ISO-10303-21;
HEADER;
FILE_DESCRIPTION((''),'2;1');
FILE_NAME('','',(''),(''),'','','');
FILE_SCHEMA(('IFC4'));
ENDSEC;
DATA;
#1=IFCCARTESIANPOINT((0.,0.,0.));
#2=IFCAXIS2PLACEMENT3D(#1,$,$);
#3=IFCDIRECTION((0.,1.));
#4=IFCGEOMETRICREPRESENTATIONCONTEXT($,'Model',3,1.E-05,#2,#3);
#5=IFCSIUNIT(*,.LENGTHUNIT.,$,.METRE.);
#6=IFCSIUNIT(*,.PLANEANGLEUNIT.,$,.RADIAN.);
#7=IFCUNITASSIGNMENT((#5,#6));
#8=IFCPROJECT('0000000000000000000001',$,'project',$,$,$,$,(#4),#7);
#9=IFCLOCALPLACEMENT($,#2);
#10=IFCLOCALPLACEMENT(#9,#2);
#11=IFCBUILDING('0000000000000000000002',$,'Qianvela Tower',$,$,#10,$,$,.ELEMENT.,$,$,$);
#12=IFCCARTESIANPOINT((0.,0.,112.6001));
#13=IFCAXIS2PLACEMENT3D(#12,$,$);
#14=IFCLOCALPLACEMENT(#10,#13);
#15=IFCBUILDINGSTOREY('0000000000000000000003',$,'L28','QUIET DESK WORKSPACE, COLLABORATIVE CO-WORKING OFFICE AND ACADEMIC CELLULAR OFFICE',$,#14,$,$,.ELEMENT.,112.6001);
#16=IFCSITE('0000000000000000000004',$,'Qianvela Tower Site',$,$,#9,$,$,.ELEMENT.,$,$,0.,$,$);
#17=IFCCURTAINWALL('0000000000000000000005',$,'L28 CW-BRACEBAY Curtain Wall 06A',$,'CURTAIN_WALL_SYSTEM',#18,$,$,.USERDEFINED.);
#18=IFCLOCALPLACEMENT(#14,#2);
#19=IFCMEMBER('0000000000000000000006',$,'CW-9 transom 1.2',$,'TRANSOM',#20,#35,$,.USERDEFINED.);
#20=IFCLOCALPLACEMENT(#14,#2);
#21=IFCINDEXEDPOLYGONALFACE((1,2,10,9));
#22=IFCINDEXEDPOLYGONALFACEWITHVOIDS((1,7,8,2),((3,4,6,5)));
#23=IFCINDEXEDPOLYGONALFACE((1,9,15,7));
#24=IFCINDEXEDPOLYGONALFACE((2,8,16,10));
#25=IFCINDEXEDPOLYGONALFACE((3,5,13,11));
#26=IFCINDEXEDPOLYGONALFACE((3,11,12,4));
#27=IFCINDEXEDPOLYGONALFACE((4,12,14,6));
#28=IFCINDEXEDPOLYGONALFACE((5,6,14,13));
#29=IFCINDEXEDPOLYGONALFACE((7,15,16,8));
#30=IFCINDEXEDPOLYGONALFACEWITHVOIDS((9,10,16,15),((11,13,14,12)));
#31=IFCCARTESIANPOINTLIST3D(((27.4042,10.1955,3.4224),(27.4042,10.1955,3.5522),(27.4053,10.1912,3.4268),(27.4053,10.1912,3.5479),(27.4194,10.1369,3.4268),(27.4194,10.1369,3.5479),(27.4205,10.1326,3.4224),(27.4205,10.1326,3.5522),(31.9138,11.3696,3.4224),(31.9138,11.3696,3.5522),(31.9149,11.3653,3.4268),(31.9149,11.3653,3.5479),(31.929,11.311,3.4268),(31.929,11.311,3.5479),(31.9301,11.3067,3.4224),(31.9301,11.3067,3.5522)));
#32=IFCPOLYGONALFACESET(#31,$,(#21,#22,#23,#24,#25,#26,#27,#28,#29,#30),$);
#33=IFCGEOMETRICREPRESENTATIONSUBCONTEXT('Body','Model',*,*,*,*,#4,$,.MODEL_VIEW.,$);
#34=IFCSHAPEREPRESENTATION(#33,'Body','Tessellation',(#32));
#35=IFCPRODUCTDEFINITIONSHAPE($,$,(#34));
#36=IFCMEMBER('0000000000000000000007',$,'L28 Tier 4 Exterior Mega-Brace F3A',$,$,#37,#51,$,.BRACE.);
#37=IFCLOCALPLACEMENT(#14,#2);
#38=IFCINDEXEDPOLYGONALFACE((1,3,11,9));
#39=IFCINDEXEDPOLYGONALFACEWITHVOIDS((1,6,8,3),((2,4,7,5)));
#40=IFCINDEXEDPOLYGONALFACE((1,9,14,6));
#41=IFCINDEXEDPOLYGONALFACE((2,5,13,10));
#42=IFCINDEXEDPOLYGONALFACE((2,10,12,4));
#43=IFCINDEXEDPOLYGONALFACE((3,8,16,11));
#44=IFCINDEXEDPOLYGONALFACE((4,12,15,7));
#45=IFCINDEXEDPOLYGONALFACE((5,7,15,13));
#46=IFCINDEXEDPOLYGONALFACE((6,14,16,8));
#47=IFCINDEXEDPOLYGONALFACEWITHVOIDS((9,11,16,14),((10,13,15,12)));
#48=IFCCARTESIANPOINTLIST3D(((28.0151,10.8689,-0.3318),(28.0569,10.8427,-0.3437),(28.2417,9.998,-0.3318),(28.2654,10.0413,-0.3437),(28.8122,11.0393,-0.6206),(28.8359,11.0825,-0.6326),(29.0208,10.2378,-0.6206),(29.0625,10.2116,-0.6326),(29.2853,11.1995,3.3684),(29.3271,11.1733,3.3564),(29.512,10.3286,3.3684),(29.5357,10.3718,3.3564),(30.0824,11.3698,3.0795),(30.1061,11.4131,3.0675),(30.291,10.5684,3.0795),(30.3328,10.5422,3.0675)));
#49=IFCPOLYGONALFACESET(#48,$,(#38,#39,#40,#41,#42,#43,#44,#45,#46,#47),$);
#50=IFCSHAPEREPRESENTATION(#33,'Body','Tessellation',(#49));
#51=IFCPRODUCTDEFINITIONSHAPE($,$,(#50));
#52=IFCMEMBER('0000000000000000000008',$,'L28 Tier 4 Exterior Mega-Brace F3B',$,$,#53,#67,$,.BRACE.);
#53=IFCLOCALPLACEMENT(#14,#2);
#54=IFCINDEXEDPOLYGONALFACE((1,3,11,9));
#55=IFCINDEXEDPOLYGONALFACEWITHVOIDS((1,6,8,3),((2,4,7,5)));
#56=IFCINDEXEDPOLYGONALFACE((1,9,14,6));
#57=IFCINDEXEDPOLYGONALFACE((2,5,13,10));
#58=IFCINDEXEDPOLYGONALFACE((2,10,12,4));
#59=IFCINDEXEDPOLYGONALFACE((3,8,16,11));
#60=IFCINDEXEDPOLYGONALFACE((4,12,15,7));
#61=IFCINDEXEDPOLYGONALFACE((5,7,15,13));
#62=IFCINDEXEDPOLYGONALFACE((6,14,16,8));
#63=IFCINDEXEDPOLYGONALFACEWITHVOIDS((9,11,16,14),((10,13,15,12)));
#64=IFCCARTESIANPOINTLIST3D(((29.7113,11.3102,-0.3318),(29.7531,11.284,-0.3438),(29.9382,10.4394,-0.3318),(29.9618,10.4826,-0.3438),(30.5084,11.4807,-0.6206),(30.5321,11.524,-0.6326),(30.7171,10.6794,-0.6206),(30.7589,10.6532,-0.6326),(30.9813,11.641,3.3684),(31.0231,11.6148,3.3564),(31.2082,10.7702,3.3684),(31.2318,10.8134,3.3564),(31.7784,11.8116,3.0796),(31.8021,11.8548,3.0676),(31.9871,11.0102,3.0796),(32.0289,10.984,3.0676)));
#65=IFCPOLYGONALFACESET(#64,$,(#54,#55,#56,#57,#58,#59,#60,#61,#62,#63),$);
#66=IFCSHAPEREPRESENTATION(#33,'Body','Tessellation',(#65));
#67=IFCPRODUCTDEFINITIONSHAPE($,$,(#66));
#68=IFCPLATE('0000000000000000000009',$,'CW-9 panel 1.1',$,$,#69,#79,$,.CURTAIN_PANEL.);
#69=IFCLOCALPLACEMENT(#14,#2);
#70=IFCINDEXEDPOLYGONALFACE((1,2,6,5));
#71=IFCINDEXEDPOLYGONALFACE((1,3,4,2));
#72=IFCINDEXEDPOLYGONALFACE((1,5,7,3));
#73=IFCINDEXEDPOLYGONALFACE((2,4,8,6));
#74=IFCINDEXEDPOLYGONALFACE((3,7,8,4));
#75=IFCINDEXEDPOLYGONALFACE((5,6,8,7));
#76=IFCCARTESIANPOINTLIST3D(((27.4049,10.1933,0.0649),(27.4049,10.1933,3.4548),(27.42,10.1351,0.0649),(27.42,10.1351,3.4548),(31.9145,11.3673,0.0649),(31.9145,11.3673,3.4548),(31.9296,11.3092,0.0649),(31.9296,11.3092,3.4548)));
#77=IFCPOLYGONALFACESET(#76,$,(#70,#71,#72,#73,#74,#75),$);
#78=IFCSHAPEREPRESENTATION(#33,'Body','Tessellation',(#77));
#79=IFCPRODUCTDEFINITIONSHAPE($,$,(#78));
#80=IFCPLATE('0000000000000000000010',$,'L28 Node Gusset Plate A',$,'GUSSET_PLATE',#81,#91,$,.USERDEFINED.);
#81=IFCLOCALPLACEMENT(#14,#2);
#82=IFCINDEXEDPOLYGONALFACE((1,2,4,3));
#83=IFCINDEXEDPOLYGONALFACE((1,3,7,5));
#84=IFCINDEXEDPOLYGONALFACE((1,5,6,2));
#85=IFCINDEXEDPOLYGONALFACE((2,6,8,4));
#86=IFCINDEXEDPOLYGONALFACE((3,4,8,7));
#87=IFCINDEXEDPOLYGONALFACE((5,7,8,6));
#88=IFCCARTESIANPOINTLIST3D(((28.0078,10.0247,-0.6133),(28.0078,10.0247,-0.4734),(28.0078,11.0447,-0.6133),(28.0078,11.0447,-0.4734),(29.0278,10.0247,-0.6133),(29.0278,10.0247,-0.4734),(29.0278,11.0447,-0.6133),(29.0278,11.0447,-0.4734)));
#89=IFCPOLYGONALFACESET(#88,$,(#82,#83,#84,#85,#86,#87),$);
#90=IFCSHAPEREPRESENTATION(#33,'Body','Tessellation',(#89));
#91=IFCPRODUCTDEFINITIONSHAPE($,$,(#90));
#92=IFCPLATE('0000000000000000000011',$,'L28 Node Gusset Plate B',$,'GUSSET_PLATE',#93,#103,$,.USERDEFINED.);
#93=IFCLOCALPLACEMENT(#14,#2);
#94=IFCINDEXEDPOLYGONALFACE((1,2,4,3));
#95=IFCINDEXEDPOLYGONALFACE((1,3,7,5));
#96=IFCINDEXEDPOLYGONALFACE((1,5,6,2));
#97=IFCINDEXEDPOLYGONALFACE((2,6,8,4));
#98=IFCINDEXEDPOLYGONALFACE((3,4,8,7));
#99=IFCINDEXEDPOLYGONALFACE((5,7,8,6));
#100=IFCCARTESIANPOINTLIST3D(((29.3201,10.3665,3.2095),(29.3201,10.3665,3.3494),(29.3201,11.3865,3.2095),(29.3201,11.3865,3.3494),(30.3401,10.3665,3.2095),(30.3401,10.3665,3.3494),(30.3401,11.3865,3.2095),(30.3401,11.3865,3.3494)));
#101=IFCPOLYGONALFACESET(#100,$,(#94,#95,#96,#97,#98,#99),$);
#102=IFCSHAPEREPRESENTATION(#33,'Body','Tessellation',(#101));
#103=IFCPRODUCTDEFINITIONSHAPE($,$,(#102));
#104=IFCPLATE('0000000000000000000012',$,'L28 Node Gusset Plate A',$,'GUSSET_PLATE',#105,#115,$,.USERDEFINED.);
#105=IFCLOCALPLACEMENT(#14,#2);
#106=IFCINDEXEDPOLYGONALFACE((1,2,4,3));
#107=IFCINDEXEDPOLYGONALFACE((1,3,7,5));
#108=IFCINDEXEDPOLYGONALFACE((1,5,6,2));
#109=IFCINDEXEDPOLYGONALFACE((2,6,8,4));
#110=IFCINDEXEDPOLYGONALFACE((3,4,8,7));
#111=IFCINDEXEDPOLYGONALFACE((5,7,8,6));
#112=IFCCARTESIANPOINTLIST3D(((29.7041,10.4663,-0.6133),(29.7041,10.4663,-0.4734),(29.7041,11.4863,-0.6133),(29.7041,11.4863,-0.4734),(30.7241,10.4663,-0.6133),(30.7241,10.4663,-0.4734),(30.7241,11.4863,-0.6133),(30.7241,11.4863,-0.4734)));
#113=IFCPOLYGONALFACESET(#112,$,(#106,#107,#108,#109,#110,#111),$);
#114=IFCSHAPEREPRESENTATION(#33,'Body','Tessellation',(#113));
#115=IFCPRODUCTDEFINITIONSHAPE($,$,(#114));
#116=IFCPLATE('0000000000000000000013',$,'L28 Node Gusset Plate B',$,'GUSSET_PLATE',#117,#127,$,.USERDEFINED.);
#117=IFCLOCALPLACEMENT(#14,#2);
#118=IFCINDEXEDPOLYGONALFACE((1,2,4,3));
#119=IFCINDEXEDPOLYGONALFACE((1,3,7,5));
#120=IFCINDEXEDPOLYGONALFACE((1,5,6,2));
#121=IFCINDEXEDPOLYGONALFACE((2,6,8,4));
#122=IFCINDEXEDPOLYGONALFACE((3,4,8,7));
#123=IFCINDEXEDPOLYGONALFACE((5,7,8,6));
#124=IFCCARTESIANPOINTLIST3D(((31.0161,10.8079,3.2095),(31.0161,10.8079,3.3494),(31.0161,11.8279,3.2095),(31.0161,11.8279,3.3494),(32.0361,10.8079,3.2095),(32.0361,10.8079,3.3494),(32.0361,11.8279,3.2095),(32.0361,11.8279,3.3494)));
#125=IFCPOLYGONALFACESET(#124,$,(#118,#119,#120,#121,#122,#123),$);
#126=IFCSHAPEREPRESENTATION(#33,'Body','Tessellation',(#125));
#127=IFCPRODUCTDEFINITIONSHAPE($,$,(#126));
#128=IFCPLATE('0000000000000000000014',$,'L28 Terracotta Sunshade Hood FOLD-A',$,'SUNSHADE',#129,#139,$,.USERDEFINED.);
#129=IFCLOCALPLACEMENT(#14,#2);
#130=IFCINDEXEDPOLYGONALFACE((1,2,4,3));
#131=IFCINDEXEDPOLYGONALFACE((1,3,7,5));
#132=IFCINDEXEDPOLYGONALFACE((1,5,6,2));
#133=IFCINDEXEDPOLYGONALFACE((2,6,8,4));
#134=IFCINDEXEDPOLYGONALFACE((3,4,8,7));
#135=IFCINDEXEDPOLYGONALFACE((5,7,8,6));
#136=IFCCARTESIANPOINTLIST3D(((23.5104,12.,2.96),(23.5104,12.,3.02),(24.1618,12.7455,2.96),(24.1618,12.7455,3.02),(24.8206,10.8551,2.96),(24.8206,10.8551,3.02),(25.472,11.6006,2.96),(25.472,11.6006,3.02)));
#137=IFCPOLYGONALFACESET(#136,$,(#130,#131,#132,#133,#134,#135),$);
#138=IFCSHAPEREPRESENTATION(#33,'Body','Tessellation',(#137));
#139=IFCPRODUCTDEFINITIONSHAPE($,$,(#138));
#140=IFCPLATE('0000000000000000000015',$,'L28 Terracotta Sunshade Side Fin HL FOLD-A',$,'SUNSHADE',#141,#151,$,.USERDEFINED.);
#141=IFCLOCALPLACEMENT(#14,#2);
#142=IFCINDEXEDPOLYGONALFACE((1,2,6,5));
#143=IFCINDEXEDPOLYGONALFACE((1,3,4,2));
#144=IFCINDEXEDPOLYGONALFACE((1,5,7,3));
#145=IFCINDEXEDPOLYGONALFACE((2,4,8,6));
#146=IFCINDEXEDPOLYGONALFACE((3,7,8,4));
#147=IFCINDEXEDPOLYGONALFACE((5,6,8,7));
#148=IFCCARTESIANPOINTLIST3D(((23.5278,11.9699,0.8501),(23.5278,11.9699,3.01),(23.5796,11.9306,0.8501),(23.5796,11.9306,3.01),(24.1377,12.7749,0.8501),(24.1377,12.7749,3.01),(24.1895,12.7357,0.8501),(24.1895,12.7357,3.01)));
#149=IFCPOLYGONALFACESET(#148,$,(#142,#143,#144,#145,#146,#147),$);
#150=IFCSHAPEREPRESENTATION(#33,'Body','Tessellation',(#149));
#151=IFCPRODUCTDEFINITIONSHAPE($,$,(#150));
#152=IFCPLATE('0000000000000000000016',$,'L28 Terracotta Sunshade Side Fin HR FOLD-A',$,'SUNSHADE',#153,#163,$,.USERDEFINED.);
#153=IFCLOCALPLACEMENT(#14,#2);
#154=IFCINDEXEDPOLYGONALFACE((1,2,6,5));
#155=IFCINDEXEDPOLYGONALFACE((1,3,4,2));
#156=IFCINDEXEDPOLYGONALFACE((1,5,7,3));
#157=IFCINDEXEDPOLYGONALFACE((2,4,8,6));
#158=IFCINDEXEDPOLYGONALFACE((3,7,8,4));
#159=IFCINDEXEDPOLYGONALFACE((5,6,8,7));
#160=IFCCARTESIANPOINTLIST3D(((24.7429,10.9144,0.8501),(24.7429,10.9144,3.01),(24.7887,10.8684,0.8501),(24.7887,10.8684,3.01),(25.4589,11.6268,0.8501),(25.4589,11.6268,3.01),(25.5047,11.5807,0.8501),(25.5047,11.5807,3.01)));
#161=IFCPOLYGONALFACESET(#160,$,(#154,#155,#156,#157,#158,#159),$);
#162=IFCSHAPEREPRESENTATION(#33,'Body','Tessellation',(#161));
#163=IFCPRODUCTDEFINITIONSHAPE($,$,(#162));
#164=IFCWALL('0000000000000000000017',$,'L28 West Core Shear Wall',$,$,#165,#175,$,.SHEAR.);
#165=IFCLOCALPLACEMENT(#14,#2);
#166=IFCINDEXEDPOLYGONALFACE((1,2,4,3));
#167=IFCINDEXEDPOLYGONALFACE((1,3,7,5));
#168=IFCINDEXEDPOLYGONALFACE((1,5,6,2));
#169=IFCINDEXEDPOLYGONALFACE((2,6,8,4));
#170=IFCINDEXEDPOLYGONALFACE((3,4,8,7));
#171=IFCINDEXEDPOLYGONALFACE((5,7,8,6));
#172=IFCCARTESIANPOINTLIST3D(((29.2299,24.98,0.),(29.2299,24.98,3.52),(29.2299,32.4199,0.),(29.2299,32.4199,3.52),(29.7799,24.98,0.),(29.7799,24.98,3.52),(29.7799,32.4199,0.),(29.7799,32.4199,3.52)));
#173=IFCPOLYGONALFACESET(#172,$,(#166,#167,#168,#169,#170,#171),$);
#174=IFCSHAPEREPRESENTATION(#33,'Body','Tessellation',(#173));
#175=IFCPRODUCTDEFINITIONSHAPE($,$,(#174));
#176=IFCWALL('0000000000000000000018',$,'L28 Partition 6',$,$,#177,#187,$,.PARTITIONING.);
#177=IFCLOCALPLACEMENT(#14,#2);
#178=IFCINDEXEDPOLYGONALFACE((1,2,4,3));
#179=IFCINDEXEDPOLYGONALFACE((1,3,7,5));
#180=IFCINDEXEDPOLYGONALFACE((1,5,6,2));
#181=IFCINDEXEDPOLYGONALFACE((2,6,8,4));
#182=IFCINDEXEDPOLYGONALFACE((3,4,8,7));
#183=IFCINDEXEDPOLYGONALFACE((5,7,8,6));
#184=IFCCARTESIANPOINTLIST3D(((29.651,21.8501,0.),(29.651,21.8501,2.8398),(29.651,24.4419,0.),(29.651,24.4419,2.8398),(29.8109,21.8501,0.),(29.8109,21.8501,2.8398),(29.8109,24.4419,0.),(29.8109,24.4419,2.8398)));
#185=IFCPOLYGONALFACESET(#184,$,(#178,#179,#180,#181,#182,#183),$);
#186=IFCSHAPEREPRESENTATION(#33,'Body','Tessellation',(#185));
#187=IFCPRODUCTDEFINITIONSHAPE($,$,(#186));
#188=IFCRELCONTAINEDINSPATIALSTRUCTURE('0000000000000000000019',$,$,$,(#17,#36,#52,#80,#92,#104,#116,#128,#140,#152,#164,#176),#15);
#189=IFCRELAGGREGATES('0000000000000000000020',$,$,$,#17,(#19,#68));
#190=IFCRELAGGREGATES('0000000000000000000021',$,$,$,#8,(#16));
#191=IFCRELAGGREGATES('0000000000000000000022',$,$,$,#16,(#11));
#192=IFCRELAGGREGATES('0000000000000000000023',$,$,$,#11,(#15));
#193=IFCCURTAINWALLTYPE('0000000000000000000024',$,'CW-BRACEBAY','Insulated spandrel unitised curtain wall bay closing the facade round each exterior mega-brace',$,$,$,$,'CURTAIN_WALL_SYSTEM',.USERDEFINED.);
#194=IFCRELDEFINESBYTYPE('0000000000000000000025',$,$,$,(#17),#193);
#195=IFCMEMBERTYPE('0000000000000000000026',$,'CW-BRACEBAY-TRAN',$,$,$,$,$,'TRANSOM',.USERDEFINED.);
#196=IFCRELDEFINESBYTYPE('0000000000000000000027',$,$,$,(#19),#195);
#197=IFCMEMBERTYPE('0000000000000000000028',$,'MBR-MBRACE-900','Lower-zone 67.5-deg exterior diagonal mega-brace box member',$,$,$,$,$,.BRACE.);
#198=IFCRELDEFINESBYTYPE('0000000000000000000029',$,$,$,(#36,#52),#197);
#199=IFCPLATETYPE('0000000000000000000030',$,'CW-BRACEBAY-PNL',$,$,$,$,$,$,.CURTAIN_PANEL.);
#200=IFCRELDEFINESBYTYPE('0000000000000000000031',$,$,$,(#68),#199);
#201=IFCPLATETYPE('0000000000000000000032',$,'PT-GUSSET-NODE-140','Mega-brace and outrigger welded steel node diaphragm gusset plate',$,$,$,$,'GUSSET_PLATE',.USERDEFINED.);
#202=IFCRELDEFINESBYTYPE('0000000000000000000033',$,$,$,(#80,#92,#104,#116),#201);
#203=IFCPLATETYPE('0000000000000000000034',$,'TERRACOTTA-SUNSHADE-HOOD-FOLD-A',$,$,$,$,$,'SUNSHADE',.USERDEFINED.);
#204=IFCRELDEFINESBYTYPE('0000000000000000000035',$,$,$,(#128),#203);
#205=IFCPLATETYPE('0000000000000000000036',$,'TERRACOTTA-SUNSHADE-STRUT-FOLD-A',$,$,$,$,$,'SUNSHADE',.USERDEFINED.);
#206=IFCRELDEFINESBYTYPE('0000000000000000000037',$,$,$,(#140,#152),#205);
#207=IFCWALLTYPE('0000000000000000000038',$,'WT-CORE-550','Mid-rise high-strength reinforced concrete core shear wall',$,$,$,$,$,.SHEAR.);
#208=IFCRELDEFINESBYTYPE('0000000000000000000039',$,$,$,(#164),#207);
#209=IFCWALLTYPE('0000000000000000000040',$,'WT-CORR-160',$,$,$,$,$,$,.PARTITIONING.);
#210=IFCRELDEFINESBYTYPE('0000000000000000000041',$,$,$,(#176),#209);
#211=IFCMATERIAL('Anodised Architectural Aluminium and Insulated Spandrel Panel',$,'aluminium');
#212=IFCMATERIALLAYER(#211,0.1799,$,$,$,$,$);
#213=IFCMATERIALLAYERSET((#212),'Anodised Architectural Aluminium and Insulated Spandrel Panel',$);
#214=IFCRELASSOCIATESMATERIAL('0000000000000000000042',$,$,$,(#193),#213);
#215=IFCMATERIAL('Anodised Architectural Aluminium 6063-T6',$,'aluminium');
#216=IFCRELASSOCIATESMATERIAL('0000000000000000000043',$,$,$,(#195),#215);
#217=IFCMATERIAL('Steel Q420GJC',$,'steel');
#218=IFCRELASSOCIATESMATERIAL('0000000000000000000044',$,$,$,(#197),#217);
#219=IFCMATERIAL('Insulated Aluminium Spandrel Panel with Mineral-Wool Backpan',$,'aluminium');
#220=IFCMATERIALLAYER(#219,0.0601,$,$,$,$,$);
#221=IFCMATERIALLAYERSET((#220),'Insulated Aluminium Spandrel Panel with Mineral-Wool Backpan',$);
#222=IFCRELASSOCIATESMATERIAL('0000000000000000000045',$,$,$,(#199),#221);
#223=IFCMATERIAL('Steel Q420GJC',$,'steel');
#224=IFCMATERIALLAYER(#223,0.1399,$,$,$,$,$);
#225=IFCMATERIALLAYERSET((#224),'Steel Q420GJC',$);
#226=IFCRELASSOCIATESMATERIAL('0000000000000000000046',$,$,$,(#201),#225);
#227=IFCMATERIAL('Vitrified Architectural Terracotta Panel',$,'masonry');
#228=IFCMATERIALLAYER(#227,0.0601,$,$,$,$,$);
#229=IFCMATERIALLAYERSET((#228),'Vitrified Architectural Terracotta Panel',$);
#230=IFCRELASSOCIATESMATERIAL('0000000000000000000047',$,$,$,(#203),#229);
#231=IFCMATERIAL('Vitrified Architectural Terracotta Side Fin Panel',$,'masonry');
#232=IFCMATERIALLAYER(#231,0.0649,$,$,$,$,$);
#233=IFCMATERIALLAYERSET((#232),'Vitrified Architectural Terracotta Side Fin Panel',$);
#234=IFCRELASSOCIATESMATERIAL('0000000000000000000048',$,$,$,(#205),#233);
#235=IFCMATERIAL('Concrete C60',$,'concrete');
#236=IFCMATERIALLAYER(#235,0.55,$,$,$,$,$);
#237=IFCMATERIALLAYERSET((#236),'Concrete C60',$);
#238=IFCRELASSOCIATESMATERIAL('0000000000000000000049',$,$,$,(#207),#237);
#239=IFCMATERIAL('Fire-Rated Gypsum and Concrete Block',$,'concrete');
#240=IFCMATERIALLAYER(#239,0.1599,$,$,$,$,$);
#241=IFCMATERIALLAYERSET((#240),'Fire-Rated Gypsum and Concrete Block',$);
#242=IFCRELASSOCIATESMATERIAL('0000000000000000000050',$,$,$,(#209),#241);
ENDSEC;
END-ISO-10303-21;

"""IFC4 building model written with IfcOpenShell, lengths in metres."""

from ifc_helpers import new_model, si_unit, direction, frame, frame_2d, origin, origin_2d, place, context, subcontext, project, spatial, rectangle, hollow_rectangle, extrude, material, layer, layer_set, material_profile, profile_set, type_object, element, aggregate, save


model = new_model("IFC4")

# Units and contexts
model_context = context("Model", 3, precision=1e-05, world=origin(), true_north=direction((0.0, 1.0)))
body_context = subcontext(model_context, "Body", "Model", "MODEL_VIEW")
ifc_project = project(units=[si_unit("LENGTHUNIT", "METRE"), si_unit("PLANEANGLEUNIT", "RADIAN")], contexts=[model_context])

# Site, building, storey
site_placement = place(None, origin())
site = spatial("IfcSite", under=ifc_project, at=site_placement, Name="Qianvela Tower Site", CompositionType="ELEMENT", RefElevation=0.0)
building_placement = place(site_placement, origin())
building = spatial("IfcBuilding", under=site, at=building_placement, Name="Qianvela Tower", CompositionType="ELEMENT")
storey_placement = place(building_placement, frame((0.0, 0.0, 112.6001)))
storey = spatial("IfcBuildingStorey", under=building, at=storey_placement, Name="L28", Description="QUIET DESK WORKSPACE, COLLABORATIVE CO-WORKING OFFICE AND ACADEMIC CELLULAR OFFICE", CompositionType="ELEMENT", Elevation=112.6001)

# Curtain wall, member
ifc_material_1 = material(Name="Anodised Architectural Aluminium and Insulated Spandrel Panel", Category="aluminium")
ifc_layer_1 = layer(ifc_material_1, 0.1799)
ifc_layer_set_1 = layer_set([ifc_layer_1], Name="Anodised Architectural Aluminium and Insulated Spandrel Panel")
curtain_wall_type = type_object("IfcCurtainWallType", Name="CW-BRACEBAY", Description="Insulated spandrel unitised curtain wall bay closing the facade round each exterior mega-brace", ElementType="CURTAIN_WALL_SYSTEM", PredefinedType="USERDEFINED", material=ifc_layer_set_1)
curtain_wall_placement = place(storey_placement, origin())
curtain_wall = element("IfcCurtainWall", 1, at=curtain_wall_placement, inside=storey, type_object=curtain_wall_type, Name="L28 CW-BRACEBAY Curtain Wall 06A", ObjectType="CURTAIN_WALL_SYSTEM", PredefinedType="USERDEFINED")
ifc_material_2 = material(Name="Anodised Architectural Aluminium 6063-T6", Category="aluminium")
ifc_material_profile_1 = material_profile(ifc_material_2, hollow_rectangle(XDim=0.0649, YDim=0.1299, WallThickness=0.0044, at=origin_2d()), Name="ALU-TRAN-65x130")
ifc_profile_set_1 = profile_set([ifc_material_profile_1], Name="Anodised Architectural Aluminium 6063-T6")
member_type_1 = type_object("IfcMemberType", Name="CW-BRACEBAY-TRAN", ElementType="TRANSOM", PredefinedType="USERDEFINED", material=ifc_profile_set_1)
member_1_placement = place(storey_placement, frame((27.4124, 10.1641, 3.4873), z_axis=(0.967739, 0.251955, 0.0), x_axis=(-0.251955, 0.967739, 0.0)))
member_1 = element("IfcMember", 2, at=member_1_placement, type_object=member_type_1, Name="CW-9 transom 1.2", ObjectType="TRANSOM", PredefinedType="USERDEFINED", context=body_context, shape_type="SweptSolid", body=[
    extrude(hollow_rectangle(XDim=0.0649, YDim=0.1299, WallThickness=0.0044, at=origin_2d()), origin(), (0.0, 0.0, 1.0), 4.6599),
])

# Members
ifc_material_3 = material(Name="Steel Q420GJC", Category="steel")
ifc_material_profile_2 = material_profile(ifc_material_3, hollow_rectangle(XDim=0.8999, YDim=0.8999, WallThickness=0.0359, at=origin_2d()), Name="MBOX-900x900x36")
ifc_profile_set_2 = profile_set([ifc_material_profile_2], Name="Steel Q420GJC")
member_type_2 = type_object("IfcMemberType", Name="MBR-MBRACE-900", Description="Lower-zone 67.5-deg exterior diagonal mega-brace box member", PredefinedType="BRACE", material=ifc_profile_set_2)
for number, where, z_axis, x_axis, name in (
    (3, (28.5388, 10.5403, -0.4822), (0.323543, 0.084197, 0.94246), (-0.251846, 0.967767, 0.0), "L28 Tier 4 Exterior Mega-Brace F3A"),
    (4, (30.2351, 10.9817, -0.4822), (0.323486, 0.084261, 0.942474), (-0.252066, 0.96771, 0.0), "L28 Tier 4 Exterior Mega-Brace F3B"),
):
    element("IfcMember", number, at=place(storey_placement, frame(where, z_axis=z_axis, x_axis=x_axis)), inside=storey, type_object=member_type_2, Name=name, PredefinedType="BRACE", context=body_context, shape_type="SweptSolid", body=[
        extrude(hollow_rectangle(XDim=0.8999, YDim=0.8999, WallThickness=0.0359, at=origin_2d()), origin(), (0.0, 0.0, 1.0), 3.926),
    ])

# Plate
ifc_material_4 = material(Name="Insulated Aluminium Spandrel Panel with Mineral-Wool Backpan", Category="aluminium")
ifc_layer_2 = layer(ifc_material_4, 0.0601)
ifc_layer_set_2 = layer_set([ifc_layer_2], Name="Insulated Aluminium Spandrel Panel with Mineral-Wool Backpan")
plate_type_1 = type_object("IfcPlateType", Name="CW-BRACEBAY-PNL", PredefinedType="CURTAIN_PANEL", material=ifc_layer_set_2)
plate_1_placement = place(storey_placement, frame((29.6672, 10.7512, 0.0649), z_axis=(0.0, 0.0, 1.0), x_axis=(0.967743, 0.251941, 0.0)))
plate_1 = element("IfcPlate", 5, at=plate_1_placement, type_object=plate_type_1, Name="CW-9 panel 1.1", PredefinedType="CURTAIN_PANEL", context=body_context, shape_type="SweptSolid", body=[
    extrude(rectangle(XDim=4.6599, YDim=0.0601, at=origin_2d()), origin(), (0.0, 0.0, 1.0), 3.3899),
])
aggregate(curtain_wall, [member_1, plate_1])

# Plates
ifc_material_5 = material(Name="Steel Q420GJC", Category="steel")
ifc_layer_3 = layer(ifc_material_5, 0.1399)
ifc_layer_set_3 = layer_set([ifc_layer_3], Name="Steel Q420GJC")
plate_type_2 = type_object("IfcPlateType", Name="PT-GUSSET-NODE-140", Description="Mega-brace and outrigger welded steel node diaphragm gusset plate", ElementType="GUSSET_PLATE", PredefinedType="USERDEFINED", material=ifc_layer_set_3)
for number, where, z_axis, x_axis, name in (
    (6, (28.5178, 10.5347, -0.6133), (0.0, 0.0, 1.0), (1.0, 0.0, 0.0), "L28 Node Gusset Plate A"),
    (7, (29.8301, 10.8765, 3.2095), (0.0, 0.0, 1.0), (1.0, 0.0, 0.0), "L28 Node Gusset Plate B"),
    (8, (30.2141, 10.9763, -0.6133), (0.0, 0.0, 1.0), (1.0, 0.0, 0.0), "L28 Node Gusset Plate A"),
    (9, (31.5261, 11.3179, 3.2095), (0.0, 0.0, 1.0), (1.0, 0.0, 0.0), "L28 Node Gusset Plate B"),
):
    element("IfcPlate", number, at=place(storey_placement, frame(where, z_axis=z_axis, x_axis=x_axis)), inside=storey, type_object=plate_type_2, Name=name, ObjectType="GUSSET_PLATE", PredefinedType="USERDEFINED", context=body_context, shape_type="SweptSolid", body=[
        extrude(rectangle(XDim=1.02, YDim=1.02, at=origin_2d()), origin(), (0.0, 0.0, 1.0), 0.1399),
    ])
ifc_material_6 = material(Name="Vitrified Architectural Terracotta Panel", Category="masonry")
ifc_layer_4 = layer(ifc_material_6, 0.0601)
ifc_layer_set_4 = layer_set([ifc_layer_4], Name="Vitrified Architectural Terracotta Panel")
plate_type_3 = type_object("IfcPlateType", Name="TERRACOTTA-SUNSHADE-HOOD-FOLD-A", ElementType="SUNSHADE", PredefinedType="USERDEFINED", material=ifc_layer_set_4)
plate_2_placement = place(storey_placement, frame((24.4912, 11.8003, 2.96), z_axis=(0.0, 0.0, 1.0), x_axis=(0.753033, -0.657983, 0.0)))
element("IfcPlate", 10, at=plate_2_placement, inside=storey, type_object=plate_type_3, Name="L28 Terracotta Sunshade Hood FOLD-A", ObjectType="SUNSHADE", PredefinedType="USERDEFINED", context=body_context, shape_type="SweptSolid", body=[
    extrude(rectangle(XDim=1.74, YDim=0.99, at=origin_2d()), origin(), (0.0, 0.0, 1.0), 0.0601),
])
ifc_material_7 = material(Name="Vitrified Architectural Terracotta Side Fin Panel", Category="masonry")
ifc_layer_5 = layer(ifc_material_7, 0.0649)
ifc_layer_set_5 = layer_set([ifc_layer_5], Name="Vitrified Architectural Terracotta Side Fin Panel")
plate_type_4 = type_object("IfcPlateType", Name="TERRACOTTA-SUNSHADE-STRUT-FOLD-A", ElementType="SUNSHADE", PredefinedType="USERDEFINED", material=ifc_layer_set_5)
for number, where, z_axis, x_axis, name in (
    (11, (23.8586, 12.3528, 0.8501), (0.0, 0.0, 1.0), (0.797097, -0.603851, 0.0), "L28 Terracotta Sunshade Side Fin HL FOLD-A"),
    (12, (25.1238, 11.2476, 0.8501), (0.0, 0.0, 1.0), (0.7053, -0.708909, 0.0), "L28 Terracotta Sunshade Side Fin HR FOLD-A"),
):
    element("IfcPlate", number, at=place(storey_placement, frame(where, z_axis=z_axis, x_axis=x_axis)), inside=storey, type_object=plate_type_4, Name=name, ObjectType="SUNSHADE", PredefinedType="USERDEFINED", context=body_context, shape_type="SweptSolid", body=[
        extrude(rectangle(XDim=0.0649, YDim=1.01, at=origin_2d()), origin(), (0.0, 0.0, 1.0), 2.1599),
    ])

# Shared definitions
ifc_material_8 = material(Name="Concrete C60", Category="concrete")
ifc_layer_6 = layer(ifc_material_8, 0.55)
ifc_layer_set_6 = layer_set([ifc_layer_6], Name="Concrete C60")
wall_type_1 = type_object("IfcWallType", Name="WT-CORE-550", Description="Mid-rise high-strength reinforced concrete core shear wall", PredefinedType="SHEAR", material=ifc_layer_set_6)

# Walls
wall_1_placement = place(storey_placement, frame((29.5049, 24.98, 0.0), z_axis=(0.0, 0.0, 1.0), x_axis=(0.0, 1.0, 0.0)))
element("IfcWall", 13, at=wall_1_placement, inside=storey, type_object=wall_type_1, Name="L28 West Core Shear Wall", PredefinedType="SHEAR", context=body_context, shape_type="SweptSolid", body=[
    extrude(rectangle(XDim=7.4399, YDim=0.55, at=frame_2d((3.72, 0.0))), origin(), (0.0, 0.0, 1.0), 3.52),
])
ifc_material_9 = material(Name="Fire-Rated Gypsum and Concrete Block", Category="concrete")
ifc_layer_7 = layer(ifc_material_9, 0.1599)
ifc_layer_set_7 = layer_set([ifc_layer_7], Name="Fire-Rated Gypsum and Concrete Block")
wall_type_2 = type_object("IfcWallType", Name="WT-CORR-160", PredefinedType="PARTITIONING", material=ifc_layer_set_7)
wall_2_placement = place(storey_placement, frame((29.731, 21.8501, 0.0), z_axis=(0.0, 0.0, 1.0), x_axis=(0.0, 1.0, 0.0)))
element("IfcWall", 14, at=wall_2_placement, inside=storey, type_object=wall_type_2, Name="L28 Partition 6", PredefinedType="PARTITIONING", context=body_context, shape_type="SweptSolid", body=[
    extrude(rectangle(XDim=2.5918, YDim=0.1599, at=frame_2d((1.2959, 0.0))), origin(), (0.0, 0.0, 1.0), 2.8398),
])

save(model, "model.ifc")
